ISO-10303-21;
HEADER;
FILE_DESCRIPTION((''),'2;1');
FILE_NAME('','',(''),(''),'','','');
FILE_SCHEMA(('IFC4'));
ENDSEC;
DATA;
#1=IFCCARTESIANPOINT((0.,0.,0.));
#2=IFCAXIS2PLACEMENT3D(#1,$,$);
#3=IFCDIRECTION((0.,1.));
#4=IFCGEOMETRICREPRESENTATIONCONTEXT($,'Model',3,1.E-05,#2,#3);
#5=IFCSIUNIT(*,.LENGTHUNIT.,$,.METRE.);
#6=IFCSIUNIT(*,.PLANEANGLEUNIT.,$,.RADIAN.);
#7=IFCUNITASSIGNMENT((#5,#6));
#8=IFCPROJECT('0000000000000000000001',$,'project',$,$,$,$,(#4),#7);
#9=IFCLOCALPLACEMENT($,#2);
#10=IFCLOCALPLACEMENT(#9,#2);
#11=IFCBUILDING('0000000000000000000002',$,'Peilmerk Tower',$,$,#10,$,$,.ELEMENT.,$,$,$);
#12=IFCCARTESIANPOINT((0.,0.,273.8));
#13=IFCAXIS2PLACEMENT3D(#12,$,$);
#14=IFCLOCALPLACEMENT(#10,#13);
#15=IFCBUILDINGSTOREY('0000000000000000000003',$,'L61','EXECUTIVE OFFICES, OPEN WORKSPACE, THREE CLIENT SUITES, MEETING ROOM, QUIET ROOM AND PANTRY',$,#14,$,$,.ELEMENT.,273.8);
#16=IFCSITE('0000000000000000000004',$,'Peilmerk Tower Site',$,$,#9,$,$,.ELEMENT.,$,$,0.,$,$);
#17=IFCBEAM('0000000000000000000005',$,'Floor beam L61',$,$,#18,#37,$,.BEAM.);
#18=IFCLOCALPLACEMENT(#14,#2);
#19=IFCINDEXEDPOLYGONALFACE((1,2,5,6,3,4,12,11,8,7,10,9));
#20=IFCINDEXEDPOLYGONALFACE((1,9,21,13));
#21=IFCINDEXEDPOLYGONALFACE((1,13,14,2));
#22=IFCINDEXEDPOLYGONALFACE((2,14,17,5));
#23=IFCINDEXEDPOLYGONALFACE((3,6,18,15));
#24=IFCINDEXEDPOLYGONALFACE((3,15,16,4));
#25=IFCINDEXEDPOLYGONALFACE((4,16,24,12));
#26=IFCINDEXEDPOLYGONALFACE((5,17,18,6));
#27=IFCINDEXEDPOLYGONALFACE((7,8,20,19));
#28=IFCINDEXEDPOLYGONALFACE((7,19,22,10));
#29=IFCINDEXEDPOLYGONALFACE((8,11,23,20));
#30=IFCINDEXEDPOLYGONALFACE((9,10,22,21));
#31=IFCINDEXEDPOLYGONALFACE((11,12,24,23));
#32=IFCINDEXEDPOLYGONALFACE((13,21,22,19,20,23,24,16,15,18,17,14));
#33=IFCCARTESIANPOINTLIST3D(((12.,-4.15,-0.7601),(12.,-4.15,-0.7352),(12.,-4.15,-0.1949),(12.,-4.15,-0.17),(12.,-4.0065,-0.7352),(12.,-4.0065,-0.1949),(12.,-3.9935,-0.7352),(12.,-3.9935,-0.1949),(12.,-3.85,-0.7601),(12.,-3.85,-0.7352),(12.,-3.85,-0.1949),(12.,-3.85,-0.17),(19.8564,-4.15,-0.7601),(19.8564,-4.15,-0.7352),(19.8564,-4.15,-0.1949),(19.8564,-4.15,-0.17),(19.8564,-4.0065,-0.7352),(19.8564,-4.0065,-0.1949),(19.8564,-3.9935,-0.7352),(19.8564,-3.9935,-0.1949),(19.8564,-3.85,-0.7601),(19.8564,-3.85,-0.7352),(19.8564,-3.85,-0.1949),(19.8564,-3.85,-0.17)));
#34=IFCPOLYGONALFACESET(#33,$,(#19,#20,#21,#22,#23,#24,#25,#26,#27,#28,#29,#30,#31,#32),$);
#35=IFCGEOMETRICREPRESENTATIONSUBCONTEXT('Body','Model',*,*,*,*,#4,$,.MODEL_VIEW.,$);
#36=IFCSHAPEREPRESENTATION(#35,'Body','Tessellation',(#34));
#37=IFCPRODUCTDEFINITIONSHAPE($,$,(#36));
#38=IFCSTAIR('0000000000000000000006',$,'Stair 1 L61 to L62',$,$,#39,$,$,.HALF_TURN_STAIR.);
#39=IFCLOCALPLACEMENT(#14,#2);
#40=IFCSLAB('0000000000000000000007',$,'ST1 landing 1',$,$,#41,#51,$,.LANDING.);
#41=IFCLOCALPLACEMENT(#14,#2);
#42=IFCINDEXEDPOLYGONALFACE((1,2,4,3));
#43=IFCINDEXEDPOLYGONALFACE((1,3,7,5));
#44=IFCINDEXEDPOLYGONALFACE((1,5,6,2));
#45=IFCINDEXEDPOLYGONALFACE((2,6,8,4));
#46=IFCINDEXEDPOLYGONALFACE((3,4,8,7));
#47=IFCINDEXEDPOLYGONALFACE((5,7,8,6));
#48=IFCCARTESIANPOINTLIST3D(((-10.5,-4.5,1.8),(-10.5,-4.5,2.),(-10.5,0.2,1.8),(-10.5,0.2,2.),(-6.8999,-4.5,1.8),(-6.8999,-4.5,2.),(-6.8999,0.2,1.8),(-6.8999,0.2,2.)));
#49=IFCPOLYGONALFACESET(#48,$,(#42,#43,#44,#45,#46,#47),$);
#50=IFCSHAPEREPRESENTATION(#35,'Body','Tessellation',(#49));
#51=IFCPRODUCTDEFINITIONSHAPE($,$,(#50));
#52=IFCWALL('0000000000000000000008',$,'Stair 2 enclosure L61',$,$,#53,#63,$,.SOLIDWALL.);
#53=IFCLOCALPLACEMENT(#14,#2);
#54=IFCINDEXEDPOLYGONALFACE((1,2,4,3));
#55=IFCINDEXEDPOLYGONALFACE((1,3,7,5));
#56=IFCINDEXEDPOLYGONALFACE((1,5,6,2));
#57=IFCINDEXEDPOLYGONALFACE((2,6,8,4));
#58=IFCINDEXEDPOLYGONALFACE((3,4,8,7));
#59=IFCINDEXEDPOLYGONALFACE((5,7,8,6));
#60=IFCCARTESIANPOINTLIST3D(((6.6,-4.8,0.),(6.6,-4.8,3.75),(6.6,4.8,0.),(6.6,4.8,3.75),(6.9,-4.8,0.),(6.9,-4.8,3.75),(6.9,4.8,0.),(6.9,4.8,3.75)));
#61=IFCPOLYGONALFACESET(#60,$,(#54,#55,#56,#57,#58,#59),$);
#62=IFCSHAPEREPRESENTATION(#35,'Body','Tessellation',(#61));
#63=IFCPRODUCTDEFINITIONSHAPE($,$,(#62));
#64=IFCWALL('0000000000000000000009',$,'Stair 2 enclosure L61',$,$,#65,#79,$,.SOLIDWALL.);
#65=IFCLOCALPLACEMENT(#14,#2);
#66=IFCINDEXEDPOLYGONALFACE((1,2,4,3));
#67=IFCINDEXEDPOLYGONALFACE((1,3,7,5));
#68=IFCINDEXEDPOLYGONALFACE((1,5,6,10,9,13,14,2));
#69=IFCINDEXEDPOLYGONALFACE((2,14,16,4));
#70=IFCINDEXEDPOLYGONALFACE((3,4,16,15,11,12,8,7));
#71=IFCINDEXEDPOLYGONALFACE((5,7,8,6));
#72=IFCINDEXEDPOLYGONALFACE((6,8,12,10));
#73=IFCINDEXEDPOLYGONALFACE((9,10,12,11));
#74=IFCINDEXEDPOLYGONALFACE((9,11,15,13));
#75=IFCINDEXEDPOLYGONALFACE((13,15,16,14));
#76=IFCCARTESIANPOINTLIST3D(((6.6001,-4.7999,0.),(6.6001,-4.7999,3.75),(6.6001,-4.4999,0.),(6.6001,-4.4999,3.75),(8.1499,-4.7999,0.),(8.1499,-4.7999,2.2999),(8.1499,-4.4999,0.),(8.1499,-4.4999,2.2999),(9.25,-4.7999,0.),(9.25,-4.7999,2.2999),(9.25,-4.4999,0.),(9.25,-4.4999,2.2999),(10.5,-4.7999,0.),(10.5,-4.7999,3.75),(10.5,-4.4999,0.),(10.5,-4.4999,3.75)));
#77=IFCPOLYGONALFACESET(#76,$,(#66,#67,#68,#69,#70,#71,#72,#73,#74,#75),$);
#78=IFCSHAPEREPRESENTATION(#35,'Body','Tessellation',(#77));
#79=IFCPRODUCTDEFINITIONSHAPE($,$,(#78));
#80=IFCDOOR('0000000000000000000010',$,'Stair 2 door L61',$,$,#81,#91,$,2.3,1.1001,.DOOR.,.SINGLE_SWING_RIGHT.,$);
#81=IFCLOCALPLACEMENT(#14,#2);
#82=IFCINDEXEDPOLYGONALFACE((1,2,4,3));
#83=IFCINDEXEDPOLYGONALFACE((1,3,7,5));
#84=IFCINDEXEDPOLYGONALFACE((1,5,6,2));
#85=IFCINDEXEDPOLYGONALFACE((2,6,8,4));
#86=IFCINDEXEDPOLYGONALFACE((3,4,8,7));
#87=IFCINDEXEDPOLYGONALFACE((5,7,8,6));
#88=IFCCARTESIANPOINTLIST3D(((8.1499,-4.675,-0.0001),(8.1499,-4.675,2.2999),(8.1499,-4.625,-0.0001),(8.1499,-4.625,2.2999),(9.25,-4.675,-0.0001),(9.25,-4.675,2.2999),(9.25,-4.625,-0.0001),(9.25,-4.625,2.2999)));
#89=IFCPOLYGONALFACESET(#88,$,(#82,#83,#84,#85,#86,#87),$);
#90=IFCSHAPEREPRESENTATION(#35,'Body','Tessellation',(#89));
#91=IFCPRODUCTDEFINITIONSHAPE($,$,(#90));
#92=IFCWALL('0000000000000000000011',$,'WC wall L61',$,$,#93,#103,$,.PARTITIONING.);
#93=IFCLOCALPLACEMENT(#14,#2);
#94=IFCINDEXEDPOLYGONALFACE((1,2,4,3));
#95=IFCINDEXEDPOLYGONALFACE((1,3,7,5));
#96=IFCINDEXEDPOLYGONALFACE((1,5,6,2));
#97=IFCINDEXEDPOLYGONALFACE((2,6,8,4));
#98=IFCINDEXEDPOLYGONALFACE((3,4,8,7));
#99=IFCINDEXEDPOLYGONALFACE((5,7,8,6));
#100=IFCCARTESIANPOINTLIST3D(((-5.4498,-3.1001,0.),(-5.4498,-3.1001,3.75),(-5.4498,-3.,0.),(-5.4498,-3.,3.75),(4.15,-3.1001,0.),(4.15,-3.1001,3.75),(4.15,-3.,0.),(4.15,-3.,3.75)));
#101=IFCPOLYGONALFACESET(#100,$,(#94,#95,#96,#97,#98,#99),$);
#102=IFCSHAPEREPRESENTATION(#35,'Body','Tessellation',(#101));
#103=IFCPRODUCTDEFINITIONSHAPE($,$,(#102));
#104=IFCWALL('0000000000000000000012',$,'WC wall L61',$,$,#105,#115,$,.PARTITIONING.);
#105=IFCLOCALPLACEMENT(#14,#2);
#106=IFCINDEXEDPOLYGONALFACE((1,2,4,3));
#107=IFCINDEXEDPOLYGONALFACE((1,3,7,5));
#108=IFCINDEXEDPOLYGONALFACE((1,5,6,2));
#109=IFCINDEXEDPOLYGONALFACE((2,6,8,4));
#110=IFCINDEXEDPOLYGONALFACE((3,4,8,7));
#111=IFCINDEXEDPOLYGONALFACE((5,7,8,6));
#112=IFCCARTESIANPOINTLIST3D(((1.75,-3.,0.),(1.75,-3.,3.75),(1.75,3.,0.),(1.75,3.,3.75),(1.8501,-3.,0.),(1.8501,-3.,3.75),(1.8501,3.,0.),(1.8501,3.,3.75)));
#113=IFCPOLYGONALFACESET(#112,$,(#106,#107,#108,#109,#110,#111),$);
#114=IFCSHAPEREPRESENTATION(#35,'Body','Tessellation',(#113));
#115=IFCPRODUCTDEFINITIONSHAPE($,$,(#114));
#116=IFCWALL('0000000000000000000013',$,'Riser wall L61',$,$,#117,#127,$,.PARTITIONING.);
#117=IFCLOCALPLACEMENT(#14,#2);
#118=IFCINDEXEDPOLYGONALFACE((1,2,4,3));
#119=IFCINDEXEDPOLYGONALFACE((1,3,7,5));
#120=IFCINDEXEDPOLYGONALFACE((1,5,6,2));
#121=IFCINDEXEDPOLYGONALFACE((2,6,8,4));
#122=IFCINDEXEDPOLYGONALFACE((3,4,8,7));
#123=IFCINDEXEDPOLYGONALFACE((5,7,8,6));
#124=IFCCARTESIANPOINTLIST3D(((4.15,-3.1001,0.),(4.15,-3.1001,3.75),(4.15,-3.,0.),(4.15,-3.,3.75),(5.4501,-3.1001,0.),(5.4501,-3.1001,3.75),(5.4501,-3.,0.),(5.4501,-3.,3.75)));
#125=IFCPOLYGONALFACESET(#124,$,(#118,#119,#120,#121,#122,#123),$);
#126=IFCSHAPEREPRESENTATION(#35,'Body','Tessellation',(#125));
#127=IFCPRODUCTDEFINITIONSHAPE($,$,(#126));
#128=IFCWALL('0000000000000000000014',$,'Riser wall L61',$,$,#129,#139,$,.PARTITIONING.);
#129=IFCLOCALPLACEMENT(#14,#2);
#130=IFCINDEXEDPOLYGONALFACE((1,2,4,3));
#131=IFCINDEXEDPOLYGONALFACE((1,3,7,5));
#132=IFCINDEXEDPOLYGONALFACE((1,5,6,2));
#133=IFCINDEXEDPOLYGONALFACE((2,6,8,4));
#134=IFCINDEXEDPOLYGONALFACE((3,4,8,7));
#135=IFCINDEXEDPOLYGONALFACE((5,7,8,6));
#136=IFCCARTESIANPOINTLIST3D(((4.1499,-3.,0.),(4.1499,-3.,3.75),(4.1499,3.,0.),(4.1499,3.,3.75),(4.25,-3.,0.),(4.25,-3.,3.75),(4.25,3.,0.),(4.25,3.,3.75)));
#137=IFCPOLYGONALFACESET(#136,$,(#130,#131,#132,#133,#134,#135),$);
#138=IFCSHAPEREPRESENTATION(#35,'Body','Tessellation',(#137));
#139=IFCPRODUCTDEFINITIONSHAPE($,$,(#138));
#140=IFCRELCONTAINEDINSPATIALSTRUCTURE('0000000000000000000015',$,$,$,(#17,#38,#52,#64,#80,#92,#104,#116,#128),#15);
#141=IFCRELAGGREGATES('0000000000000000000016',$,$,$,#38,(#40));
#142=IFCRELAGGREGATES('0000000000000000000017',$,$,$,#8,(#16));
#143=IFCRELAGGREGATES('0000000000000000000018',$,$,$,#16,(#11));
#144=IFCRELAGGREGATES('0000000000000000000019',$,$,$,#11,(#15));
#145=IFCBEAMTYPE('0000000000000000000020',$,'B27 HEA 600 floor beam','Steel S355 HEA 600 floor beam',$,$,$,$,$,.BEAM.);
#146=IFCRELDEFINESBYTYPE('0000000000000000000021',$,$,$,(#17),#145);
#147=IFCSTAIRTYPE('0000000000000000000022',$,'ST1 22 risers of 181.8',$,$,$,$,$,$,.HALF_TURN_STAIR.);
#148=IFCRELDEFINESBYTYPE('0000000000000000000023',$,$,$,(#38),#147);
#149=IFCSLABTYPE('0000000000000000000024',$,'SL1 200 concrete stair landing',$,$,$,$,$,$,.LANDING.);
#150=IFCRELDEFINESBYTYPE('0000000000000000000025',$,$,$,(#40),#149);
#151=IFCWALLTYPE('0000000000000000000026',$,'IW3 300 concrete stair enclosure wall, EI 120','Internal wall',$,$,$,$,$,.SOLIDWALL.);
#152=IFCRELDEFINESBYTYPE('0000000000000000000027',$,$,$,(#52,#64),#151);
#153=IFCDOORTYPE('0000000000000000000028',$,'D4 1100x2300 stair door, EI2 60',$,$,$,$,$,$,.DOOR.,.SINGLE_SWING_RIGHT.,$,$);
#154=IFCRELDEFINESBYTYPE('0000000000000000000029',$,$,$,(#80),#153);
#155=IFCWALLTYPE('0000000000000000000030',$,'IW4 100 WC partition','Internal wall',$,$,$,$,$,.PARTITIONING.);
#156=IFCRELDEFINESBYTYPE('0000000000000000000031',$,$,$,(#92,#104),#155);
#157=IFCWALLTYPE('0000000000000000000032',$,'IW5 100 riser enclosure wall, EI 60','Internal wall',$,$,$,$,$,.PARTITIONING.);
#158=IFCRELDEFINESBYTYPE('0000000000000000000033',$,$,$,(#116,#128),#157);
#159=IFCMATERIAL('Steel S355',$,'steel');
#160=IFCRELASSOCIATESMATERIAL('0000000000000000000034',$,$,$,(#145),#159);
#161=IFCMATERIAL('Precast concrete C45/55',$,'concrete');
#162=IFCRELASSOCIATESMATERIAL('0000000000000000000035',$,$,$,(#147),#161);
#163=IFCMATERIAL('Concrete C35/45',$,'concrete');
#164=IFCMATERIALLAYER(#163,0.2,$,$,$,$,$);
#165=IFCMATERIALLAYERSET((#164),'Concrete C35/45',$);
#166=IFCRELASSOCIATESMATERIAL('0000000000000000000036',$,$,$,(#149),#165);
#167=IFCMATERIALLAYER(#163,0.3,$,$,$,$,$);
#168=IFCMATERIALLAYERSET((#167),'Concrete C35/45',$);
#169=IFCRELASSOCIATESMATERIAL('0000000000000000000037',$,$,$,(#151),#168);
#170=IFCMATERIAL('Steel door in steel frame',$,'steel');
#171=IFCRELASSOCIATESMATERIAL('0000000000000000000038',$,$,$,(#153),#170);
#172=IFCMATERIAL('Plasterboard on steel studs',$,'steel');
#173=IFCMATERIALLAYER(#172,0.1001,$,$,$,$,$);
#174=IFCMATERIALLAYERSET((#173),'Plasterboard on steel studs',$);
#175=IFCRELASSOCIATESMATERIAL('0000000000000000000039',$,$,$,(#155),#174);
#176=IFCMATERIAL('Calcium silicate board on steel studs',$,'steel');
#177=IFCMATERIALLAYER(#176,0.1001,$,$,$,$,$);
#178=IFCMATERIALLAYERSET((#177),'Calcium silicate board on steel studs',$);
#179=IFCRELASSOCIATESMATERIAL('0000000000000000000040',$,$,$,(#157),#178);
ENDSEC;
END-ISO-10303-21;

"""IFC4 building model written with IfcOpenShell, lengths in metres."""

from ifc_helpers import new_model, si_unit, direction, frame, frame_2d, origin, origin_2d, place, context, subcontext, project, spatial, polyline, rectangle, i_section, outline, extrude, material, layer, layer_set, material_profile, profile_set, type_object, element, fill, aggregate, save


model = new_model("IFC4")

# Units and contexts
model_context = context("Model", 3, precision=1e-05, world=origin(), true_north=direction((0.0, 1.0)))
body_context = subcontext(model_context, "Body", "Model", "MODEL_VIEW")
ifc_project = project(units=[si_unit("LENGTHUNIT", "METRE"), si_unit("PLANEANGLEUNIT", "RADIAN")], contexts=[model_context])

# Site, building, storey
site_placement = place(None, origin())
site = spatial("IfcSite", under=ifc_project, at=site_placement, Name="Peilmerk Tower Site", CompositionType="ELEMENT", RefElevation=0.0)
building_placement = place(site_placement, origin())
building = spatial("IfcBuilding", under=site, at=building_placement, Name="Peilmerk Tower", CompositionType="ELEMENT")
storey_placement = place(building_placement, frame((0.0, 0.0, 273.8)))
storey = spatial("IfcBuildingStorey", under=building, at=storey_placement, Name="L61", Description="EXECUTIVE OFFICES, OPEN WORKSPACE, THREE CLIENT SUITES, MEETING ROOM, QUIET ROOM AND PANTRY", CompositionType="ELEMENT", Elevation=273.8)

# Beam
ifc_material_1 = material(Name="Steel S355", Category="steel")
ifc_material_profile = material_profile(ifc_material_1, i_section(OverallWidth=0.3, OverallDepth=0.5901, WebThickness=0.0129, FlangeThickness=0.0249, at=origin_2d()), Name="HEA 600")
ifc_profile_set = profile_set([ifc_material_profile], Name="Steel S355")
beam_type = type_object("IfcBeamType", Name="B27 HEA 600 floor beam", Description="Steel S355 HEA 600 floor beam", PredefinedType="BEAM", material=ifc_profile_set)
beam_placement = place(storey_placement, frame((12.0, -4.0, -0.4651), z_axis=(1.0, 0.0, 0.0), x_axis=(0.0, 1.0, 0.0)))
element("IfcBeam", 1, at=beam_placement, inside=storey, type_object=beam_type, Name="Floor beam L61", PredefinedType="BEAM", context=body_context, shape_type="SweptSolid", body=[
    extrude(i_section(OverallWidth=0.3, OverallDepth=0.5901, WebThickness=0.0129, FlangeThickness=0.0249, at=origin_2d()), origin(), (0.0, 0.0, 1.0), 7.8564),
])

# Stair, slab
ifc_material_2 = material(Name="Precast concrete C45/55", Category="concrete")
stair_type_1 = type_object("IfcStairType", Name="ST1 22 risers of 181.8", PredefinedType="HALF_TURN_STAIR", material=ifc_material_2)
stair_1_placement = place(storey_placement, origin())
stair_1 = element("IfcStair", 2, at=stair_1_placement, inside=storey, type_object=stair_type_1, Name="Stair 1 L61 to L62", PredefinedType="HALF_TURN_STAIR")
ifc_material_3 = material(Name="Concrete C35/45", Category="concrete")
ifc_layer_1 = layer(ifc_material_3, 0.2)
ifc_layer_set_1 = layer_set([ifc_layer_1], Name="Concrete C35/45")
slab_type = type_object("IfcSlabType", Name="SL1 200 concrete stair landing", PredefinedType="LANDING", material=ifc_layer_set_1)
slab_placement = place(storey_placement, frame((0.0, 0.0, 1.8)))
slab = element("IfcSlab", 3, at=slab_placement, type_object=slab_type, Name="ST1 landing 1", PredefinedType="LANDING", context=body_context, shape_type="SweptSolid", body=[
    extrude(outline(polyline([(-10.5, -4.5), (-6.8999, -4.5), (-6.8999, 0.2), (-10.5, 0.2), (-10.5, -4.5)])), origin(), (0.0, 0.0, 1.0), 0.2),
])
aggregate(stair_1, [slab])

# Wall
ifc_layer_2 = layer(ifc_material_3, 0.3)
ifc_layer_set_2 = layer_set([ifc_layer_2], Name="Concrete C35/45")
wall_type_1 = type_object("IfcWallType", Name="IW3 300 concrete stair enclosure wall, EI 120", Description="Internal wall", PredefinedType="SOLIDWALL", material=ifc_layer_set_2)
wall_1_placement = place(storey_placement, frame((6.75, -4.8, 0.0), z_axis=(0.0, 0.0, 1.0), x_axis=(0.0, 1.0, 0.0)))
element("IfcWall", 4, at=wall_1_placement, inside=storey, type_object=wall_type_1, Name="Stair 2 enclosure L61", PredefinedType="SOLIDWALL", context=body_context, shape_type="SweptSolid", body=[
    extrude(rectangle(XDim=9.6001, YDim=0.3, at=frame_2d((4.8, 0.0))), origin(), (0.0, 0.0, 1.0), 3.75),
])

# Wall, opening, door
wall_2_placement = place(storey_placement, frame((10.5, -4.6499, 0.0), z_axis=(0.0, 0.0, 1.0), x_axis=(-1.0, 0.0, 0.0)))
wall_2 = element("IfcWall", 5, at=wall_2_placement, inside=storey, type_object=wall_type_1, Name="Stair 2 enclosure L61", PredefinedType="SOLIDWALL", context=body_context, shape_type="SweptSolid", body=[
    extrude(rectangle(XDim=3.8999, YDim=0.3, at=frame_2d((1.95, 0.0))), origin(), (0.0, 0.0, 1.0), 3.75),
])
opening_1_placement = place(wall_2_placement, frame((1.25, 0.0, 0.0)))
opening_1 = element("IfcOpeningElement", 6, at=opening_1_placement, cuts=wall_2, PredefinedType="OPENING", context=body_context, shape_type="SweptSolid", body=[
    extrude(rectangle(XDim=1.1001, YDim=2.3, at=frame_2d((0.55, 1.1499))), frame((0.0, 0.1599, 0.0), z_axis=(0.0, -1.0, 0.0), x_axis=(1.0, 0.0, 0.0)), (0.0, 0.0, 1.0), 0.3201),
])
ifc_material_4 = material(Name="Steel door in steel frame", Category="steel")
door_type_1 = type_object("IfcDoorType", Name="D4 1100x2300 stair door, EI2 60", OperationType="SINGLE_SWING_RIGHT", PredefinedType="DOOR", material=ifc_material_4)
door_1_placement = place(opening_1_placement, frame((1.1001, 0.0, 0.0), z_axis=(0.0, 0.0, 1.0), x_axis=(-1.0, 0.0, 0.0)))
door_1 = element("IfcDoor", 7, at=door_1_placement, inside=storey, type_object=door_type_1, Name="Stair 2 door L61", OperationType="SINGLE_SWING_RIGHT", OverallHeight=2.3, OverallWidth=1.1001, PredefinedType="DOOR", context=body_context, shape_type="SweptSolid", body=[
    extrude(rectangle(XDim=1.1001, YDim=2.3, at=frame_2d((0.55, 1.1499))), frame((0.0, 0.0249, 0.0), z_axis=(0.0, -1.0, 0.0), x_axis=(1.0, 0.0, 0.0)), (0.0, 0.0, 1.0), 0.05),
])
fill(opening_1, door_1)

# Walls
ifc_material_5 = material(Name="Plasterboard on steel studs", Category="steel")
ifc_layer_3 = layer(ifc_material_5, 0.1001)
ifc_layer_set_3 = layer_set([ifc_layer_3], Name="Plasterboard on steel studs")
wall_type_2 = type_object("IfcWallType", Name="IW4 100 WC partition", Description="Internal wall", PredefinedType="PARTITIONING", material=ifc_layer_set_3)
wall_3_placement = place(storey_placement, frame((4.1499, -3.05, 0.0), z_axis=(0.0, 0.0, 1.0), x_axis=(-1.0, 0.0, 0.0)))
element("IfcWall", 8, at=wall_3_placement, inside=storey, type_object=wall_type_2, Name="WC wall L61", PredefinedType="PARTITIONING", context=body_context, shape_type="SweptSolid", body=[
    extrude(rectangle(XDim=9.5999, YDim=0.1001, at=frame_2d((4.7998, 0.0))), origin(), (0.0, 0.0, 1.0), 3.75),
])
wall_4_placement = place(storey_placement, frame((1.8, -3.0, 0.0), z_axis=(0.0, 0.0, 1.0), x_axis=(0.0, 1.0, 0.0)))
element("IfcWall", 9, at=wall_4_placement, inside=storey, type_object=wall_type_2, Name="WC wall L61", PredefinedType="PARTITIONING", context=body_context, shape_type="SweptSolid", body=[
    extrude(rectangle(XDim=6.0, YDim=0.1001, at=frame_2d((3.0, 0.0))), origin(), (0.0, 0.0, 1.0), 3.75),
])
ifc_material_6 = material(Name="Calcium silicate board on steel studs", Category="steel")
ifc_layer_4 = layer(ifc_material_6, 0.1001)
ifc_layer_set_4 = layer_set([ifc_layer_4], Name="Calcium silicate board on steel studs")
wall_type_3 = type_object("IfcWallType", Name="IW5 100 riser enclosure wall, EI 60", Description="Internal wall", PredefinedType="PARTITIONING", material=ifc_layer_set_4)
wall_5_placement = place(storey_placement, frame((5.45, -3.05, 0.0), z_axis=(0.0, 0.0, 1.0), x_axis=(-1.0, 0.0, 0.0)))
element("IfcWall", 10, at=wall_5_placement, inside=storey, type_object=wall_type_3, Name="Riser wall L61", PredefinedType="PARTITIONING", context=body_context, shape_type="SweptSolid", body=[
    extrude(rectangle(XDim=1.3, YDim=0.1001, at=frame_2d((0.6499, 0.0))), origin(), (0.0, 0.0, 1.0), 3.75),
])
wall_6_placement = place(storey_placement, frame((4.2, -3.0, 0.0), z_axis=(0.0, 0.0, 1.0), x_axis=(0.0, 1.0, 0.0)))
element("IfcWall", 11, at=wall_6_placement, inside=storey, type_object=wall_type_3, Name="Riser wall L61", PredefinedType="PARTITIONING", context=body_context, shape_type="SweptSolid", body=[
    extrude(rectangle(XDim=6.0, YDim=0.1001, at=frame_2d((3.0, 0.0))), origin(), (0.0, 0.0, 1.0), 3.75),
])

save(model, "model.ifc")
